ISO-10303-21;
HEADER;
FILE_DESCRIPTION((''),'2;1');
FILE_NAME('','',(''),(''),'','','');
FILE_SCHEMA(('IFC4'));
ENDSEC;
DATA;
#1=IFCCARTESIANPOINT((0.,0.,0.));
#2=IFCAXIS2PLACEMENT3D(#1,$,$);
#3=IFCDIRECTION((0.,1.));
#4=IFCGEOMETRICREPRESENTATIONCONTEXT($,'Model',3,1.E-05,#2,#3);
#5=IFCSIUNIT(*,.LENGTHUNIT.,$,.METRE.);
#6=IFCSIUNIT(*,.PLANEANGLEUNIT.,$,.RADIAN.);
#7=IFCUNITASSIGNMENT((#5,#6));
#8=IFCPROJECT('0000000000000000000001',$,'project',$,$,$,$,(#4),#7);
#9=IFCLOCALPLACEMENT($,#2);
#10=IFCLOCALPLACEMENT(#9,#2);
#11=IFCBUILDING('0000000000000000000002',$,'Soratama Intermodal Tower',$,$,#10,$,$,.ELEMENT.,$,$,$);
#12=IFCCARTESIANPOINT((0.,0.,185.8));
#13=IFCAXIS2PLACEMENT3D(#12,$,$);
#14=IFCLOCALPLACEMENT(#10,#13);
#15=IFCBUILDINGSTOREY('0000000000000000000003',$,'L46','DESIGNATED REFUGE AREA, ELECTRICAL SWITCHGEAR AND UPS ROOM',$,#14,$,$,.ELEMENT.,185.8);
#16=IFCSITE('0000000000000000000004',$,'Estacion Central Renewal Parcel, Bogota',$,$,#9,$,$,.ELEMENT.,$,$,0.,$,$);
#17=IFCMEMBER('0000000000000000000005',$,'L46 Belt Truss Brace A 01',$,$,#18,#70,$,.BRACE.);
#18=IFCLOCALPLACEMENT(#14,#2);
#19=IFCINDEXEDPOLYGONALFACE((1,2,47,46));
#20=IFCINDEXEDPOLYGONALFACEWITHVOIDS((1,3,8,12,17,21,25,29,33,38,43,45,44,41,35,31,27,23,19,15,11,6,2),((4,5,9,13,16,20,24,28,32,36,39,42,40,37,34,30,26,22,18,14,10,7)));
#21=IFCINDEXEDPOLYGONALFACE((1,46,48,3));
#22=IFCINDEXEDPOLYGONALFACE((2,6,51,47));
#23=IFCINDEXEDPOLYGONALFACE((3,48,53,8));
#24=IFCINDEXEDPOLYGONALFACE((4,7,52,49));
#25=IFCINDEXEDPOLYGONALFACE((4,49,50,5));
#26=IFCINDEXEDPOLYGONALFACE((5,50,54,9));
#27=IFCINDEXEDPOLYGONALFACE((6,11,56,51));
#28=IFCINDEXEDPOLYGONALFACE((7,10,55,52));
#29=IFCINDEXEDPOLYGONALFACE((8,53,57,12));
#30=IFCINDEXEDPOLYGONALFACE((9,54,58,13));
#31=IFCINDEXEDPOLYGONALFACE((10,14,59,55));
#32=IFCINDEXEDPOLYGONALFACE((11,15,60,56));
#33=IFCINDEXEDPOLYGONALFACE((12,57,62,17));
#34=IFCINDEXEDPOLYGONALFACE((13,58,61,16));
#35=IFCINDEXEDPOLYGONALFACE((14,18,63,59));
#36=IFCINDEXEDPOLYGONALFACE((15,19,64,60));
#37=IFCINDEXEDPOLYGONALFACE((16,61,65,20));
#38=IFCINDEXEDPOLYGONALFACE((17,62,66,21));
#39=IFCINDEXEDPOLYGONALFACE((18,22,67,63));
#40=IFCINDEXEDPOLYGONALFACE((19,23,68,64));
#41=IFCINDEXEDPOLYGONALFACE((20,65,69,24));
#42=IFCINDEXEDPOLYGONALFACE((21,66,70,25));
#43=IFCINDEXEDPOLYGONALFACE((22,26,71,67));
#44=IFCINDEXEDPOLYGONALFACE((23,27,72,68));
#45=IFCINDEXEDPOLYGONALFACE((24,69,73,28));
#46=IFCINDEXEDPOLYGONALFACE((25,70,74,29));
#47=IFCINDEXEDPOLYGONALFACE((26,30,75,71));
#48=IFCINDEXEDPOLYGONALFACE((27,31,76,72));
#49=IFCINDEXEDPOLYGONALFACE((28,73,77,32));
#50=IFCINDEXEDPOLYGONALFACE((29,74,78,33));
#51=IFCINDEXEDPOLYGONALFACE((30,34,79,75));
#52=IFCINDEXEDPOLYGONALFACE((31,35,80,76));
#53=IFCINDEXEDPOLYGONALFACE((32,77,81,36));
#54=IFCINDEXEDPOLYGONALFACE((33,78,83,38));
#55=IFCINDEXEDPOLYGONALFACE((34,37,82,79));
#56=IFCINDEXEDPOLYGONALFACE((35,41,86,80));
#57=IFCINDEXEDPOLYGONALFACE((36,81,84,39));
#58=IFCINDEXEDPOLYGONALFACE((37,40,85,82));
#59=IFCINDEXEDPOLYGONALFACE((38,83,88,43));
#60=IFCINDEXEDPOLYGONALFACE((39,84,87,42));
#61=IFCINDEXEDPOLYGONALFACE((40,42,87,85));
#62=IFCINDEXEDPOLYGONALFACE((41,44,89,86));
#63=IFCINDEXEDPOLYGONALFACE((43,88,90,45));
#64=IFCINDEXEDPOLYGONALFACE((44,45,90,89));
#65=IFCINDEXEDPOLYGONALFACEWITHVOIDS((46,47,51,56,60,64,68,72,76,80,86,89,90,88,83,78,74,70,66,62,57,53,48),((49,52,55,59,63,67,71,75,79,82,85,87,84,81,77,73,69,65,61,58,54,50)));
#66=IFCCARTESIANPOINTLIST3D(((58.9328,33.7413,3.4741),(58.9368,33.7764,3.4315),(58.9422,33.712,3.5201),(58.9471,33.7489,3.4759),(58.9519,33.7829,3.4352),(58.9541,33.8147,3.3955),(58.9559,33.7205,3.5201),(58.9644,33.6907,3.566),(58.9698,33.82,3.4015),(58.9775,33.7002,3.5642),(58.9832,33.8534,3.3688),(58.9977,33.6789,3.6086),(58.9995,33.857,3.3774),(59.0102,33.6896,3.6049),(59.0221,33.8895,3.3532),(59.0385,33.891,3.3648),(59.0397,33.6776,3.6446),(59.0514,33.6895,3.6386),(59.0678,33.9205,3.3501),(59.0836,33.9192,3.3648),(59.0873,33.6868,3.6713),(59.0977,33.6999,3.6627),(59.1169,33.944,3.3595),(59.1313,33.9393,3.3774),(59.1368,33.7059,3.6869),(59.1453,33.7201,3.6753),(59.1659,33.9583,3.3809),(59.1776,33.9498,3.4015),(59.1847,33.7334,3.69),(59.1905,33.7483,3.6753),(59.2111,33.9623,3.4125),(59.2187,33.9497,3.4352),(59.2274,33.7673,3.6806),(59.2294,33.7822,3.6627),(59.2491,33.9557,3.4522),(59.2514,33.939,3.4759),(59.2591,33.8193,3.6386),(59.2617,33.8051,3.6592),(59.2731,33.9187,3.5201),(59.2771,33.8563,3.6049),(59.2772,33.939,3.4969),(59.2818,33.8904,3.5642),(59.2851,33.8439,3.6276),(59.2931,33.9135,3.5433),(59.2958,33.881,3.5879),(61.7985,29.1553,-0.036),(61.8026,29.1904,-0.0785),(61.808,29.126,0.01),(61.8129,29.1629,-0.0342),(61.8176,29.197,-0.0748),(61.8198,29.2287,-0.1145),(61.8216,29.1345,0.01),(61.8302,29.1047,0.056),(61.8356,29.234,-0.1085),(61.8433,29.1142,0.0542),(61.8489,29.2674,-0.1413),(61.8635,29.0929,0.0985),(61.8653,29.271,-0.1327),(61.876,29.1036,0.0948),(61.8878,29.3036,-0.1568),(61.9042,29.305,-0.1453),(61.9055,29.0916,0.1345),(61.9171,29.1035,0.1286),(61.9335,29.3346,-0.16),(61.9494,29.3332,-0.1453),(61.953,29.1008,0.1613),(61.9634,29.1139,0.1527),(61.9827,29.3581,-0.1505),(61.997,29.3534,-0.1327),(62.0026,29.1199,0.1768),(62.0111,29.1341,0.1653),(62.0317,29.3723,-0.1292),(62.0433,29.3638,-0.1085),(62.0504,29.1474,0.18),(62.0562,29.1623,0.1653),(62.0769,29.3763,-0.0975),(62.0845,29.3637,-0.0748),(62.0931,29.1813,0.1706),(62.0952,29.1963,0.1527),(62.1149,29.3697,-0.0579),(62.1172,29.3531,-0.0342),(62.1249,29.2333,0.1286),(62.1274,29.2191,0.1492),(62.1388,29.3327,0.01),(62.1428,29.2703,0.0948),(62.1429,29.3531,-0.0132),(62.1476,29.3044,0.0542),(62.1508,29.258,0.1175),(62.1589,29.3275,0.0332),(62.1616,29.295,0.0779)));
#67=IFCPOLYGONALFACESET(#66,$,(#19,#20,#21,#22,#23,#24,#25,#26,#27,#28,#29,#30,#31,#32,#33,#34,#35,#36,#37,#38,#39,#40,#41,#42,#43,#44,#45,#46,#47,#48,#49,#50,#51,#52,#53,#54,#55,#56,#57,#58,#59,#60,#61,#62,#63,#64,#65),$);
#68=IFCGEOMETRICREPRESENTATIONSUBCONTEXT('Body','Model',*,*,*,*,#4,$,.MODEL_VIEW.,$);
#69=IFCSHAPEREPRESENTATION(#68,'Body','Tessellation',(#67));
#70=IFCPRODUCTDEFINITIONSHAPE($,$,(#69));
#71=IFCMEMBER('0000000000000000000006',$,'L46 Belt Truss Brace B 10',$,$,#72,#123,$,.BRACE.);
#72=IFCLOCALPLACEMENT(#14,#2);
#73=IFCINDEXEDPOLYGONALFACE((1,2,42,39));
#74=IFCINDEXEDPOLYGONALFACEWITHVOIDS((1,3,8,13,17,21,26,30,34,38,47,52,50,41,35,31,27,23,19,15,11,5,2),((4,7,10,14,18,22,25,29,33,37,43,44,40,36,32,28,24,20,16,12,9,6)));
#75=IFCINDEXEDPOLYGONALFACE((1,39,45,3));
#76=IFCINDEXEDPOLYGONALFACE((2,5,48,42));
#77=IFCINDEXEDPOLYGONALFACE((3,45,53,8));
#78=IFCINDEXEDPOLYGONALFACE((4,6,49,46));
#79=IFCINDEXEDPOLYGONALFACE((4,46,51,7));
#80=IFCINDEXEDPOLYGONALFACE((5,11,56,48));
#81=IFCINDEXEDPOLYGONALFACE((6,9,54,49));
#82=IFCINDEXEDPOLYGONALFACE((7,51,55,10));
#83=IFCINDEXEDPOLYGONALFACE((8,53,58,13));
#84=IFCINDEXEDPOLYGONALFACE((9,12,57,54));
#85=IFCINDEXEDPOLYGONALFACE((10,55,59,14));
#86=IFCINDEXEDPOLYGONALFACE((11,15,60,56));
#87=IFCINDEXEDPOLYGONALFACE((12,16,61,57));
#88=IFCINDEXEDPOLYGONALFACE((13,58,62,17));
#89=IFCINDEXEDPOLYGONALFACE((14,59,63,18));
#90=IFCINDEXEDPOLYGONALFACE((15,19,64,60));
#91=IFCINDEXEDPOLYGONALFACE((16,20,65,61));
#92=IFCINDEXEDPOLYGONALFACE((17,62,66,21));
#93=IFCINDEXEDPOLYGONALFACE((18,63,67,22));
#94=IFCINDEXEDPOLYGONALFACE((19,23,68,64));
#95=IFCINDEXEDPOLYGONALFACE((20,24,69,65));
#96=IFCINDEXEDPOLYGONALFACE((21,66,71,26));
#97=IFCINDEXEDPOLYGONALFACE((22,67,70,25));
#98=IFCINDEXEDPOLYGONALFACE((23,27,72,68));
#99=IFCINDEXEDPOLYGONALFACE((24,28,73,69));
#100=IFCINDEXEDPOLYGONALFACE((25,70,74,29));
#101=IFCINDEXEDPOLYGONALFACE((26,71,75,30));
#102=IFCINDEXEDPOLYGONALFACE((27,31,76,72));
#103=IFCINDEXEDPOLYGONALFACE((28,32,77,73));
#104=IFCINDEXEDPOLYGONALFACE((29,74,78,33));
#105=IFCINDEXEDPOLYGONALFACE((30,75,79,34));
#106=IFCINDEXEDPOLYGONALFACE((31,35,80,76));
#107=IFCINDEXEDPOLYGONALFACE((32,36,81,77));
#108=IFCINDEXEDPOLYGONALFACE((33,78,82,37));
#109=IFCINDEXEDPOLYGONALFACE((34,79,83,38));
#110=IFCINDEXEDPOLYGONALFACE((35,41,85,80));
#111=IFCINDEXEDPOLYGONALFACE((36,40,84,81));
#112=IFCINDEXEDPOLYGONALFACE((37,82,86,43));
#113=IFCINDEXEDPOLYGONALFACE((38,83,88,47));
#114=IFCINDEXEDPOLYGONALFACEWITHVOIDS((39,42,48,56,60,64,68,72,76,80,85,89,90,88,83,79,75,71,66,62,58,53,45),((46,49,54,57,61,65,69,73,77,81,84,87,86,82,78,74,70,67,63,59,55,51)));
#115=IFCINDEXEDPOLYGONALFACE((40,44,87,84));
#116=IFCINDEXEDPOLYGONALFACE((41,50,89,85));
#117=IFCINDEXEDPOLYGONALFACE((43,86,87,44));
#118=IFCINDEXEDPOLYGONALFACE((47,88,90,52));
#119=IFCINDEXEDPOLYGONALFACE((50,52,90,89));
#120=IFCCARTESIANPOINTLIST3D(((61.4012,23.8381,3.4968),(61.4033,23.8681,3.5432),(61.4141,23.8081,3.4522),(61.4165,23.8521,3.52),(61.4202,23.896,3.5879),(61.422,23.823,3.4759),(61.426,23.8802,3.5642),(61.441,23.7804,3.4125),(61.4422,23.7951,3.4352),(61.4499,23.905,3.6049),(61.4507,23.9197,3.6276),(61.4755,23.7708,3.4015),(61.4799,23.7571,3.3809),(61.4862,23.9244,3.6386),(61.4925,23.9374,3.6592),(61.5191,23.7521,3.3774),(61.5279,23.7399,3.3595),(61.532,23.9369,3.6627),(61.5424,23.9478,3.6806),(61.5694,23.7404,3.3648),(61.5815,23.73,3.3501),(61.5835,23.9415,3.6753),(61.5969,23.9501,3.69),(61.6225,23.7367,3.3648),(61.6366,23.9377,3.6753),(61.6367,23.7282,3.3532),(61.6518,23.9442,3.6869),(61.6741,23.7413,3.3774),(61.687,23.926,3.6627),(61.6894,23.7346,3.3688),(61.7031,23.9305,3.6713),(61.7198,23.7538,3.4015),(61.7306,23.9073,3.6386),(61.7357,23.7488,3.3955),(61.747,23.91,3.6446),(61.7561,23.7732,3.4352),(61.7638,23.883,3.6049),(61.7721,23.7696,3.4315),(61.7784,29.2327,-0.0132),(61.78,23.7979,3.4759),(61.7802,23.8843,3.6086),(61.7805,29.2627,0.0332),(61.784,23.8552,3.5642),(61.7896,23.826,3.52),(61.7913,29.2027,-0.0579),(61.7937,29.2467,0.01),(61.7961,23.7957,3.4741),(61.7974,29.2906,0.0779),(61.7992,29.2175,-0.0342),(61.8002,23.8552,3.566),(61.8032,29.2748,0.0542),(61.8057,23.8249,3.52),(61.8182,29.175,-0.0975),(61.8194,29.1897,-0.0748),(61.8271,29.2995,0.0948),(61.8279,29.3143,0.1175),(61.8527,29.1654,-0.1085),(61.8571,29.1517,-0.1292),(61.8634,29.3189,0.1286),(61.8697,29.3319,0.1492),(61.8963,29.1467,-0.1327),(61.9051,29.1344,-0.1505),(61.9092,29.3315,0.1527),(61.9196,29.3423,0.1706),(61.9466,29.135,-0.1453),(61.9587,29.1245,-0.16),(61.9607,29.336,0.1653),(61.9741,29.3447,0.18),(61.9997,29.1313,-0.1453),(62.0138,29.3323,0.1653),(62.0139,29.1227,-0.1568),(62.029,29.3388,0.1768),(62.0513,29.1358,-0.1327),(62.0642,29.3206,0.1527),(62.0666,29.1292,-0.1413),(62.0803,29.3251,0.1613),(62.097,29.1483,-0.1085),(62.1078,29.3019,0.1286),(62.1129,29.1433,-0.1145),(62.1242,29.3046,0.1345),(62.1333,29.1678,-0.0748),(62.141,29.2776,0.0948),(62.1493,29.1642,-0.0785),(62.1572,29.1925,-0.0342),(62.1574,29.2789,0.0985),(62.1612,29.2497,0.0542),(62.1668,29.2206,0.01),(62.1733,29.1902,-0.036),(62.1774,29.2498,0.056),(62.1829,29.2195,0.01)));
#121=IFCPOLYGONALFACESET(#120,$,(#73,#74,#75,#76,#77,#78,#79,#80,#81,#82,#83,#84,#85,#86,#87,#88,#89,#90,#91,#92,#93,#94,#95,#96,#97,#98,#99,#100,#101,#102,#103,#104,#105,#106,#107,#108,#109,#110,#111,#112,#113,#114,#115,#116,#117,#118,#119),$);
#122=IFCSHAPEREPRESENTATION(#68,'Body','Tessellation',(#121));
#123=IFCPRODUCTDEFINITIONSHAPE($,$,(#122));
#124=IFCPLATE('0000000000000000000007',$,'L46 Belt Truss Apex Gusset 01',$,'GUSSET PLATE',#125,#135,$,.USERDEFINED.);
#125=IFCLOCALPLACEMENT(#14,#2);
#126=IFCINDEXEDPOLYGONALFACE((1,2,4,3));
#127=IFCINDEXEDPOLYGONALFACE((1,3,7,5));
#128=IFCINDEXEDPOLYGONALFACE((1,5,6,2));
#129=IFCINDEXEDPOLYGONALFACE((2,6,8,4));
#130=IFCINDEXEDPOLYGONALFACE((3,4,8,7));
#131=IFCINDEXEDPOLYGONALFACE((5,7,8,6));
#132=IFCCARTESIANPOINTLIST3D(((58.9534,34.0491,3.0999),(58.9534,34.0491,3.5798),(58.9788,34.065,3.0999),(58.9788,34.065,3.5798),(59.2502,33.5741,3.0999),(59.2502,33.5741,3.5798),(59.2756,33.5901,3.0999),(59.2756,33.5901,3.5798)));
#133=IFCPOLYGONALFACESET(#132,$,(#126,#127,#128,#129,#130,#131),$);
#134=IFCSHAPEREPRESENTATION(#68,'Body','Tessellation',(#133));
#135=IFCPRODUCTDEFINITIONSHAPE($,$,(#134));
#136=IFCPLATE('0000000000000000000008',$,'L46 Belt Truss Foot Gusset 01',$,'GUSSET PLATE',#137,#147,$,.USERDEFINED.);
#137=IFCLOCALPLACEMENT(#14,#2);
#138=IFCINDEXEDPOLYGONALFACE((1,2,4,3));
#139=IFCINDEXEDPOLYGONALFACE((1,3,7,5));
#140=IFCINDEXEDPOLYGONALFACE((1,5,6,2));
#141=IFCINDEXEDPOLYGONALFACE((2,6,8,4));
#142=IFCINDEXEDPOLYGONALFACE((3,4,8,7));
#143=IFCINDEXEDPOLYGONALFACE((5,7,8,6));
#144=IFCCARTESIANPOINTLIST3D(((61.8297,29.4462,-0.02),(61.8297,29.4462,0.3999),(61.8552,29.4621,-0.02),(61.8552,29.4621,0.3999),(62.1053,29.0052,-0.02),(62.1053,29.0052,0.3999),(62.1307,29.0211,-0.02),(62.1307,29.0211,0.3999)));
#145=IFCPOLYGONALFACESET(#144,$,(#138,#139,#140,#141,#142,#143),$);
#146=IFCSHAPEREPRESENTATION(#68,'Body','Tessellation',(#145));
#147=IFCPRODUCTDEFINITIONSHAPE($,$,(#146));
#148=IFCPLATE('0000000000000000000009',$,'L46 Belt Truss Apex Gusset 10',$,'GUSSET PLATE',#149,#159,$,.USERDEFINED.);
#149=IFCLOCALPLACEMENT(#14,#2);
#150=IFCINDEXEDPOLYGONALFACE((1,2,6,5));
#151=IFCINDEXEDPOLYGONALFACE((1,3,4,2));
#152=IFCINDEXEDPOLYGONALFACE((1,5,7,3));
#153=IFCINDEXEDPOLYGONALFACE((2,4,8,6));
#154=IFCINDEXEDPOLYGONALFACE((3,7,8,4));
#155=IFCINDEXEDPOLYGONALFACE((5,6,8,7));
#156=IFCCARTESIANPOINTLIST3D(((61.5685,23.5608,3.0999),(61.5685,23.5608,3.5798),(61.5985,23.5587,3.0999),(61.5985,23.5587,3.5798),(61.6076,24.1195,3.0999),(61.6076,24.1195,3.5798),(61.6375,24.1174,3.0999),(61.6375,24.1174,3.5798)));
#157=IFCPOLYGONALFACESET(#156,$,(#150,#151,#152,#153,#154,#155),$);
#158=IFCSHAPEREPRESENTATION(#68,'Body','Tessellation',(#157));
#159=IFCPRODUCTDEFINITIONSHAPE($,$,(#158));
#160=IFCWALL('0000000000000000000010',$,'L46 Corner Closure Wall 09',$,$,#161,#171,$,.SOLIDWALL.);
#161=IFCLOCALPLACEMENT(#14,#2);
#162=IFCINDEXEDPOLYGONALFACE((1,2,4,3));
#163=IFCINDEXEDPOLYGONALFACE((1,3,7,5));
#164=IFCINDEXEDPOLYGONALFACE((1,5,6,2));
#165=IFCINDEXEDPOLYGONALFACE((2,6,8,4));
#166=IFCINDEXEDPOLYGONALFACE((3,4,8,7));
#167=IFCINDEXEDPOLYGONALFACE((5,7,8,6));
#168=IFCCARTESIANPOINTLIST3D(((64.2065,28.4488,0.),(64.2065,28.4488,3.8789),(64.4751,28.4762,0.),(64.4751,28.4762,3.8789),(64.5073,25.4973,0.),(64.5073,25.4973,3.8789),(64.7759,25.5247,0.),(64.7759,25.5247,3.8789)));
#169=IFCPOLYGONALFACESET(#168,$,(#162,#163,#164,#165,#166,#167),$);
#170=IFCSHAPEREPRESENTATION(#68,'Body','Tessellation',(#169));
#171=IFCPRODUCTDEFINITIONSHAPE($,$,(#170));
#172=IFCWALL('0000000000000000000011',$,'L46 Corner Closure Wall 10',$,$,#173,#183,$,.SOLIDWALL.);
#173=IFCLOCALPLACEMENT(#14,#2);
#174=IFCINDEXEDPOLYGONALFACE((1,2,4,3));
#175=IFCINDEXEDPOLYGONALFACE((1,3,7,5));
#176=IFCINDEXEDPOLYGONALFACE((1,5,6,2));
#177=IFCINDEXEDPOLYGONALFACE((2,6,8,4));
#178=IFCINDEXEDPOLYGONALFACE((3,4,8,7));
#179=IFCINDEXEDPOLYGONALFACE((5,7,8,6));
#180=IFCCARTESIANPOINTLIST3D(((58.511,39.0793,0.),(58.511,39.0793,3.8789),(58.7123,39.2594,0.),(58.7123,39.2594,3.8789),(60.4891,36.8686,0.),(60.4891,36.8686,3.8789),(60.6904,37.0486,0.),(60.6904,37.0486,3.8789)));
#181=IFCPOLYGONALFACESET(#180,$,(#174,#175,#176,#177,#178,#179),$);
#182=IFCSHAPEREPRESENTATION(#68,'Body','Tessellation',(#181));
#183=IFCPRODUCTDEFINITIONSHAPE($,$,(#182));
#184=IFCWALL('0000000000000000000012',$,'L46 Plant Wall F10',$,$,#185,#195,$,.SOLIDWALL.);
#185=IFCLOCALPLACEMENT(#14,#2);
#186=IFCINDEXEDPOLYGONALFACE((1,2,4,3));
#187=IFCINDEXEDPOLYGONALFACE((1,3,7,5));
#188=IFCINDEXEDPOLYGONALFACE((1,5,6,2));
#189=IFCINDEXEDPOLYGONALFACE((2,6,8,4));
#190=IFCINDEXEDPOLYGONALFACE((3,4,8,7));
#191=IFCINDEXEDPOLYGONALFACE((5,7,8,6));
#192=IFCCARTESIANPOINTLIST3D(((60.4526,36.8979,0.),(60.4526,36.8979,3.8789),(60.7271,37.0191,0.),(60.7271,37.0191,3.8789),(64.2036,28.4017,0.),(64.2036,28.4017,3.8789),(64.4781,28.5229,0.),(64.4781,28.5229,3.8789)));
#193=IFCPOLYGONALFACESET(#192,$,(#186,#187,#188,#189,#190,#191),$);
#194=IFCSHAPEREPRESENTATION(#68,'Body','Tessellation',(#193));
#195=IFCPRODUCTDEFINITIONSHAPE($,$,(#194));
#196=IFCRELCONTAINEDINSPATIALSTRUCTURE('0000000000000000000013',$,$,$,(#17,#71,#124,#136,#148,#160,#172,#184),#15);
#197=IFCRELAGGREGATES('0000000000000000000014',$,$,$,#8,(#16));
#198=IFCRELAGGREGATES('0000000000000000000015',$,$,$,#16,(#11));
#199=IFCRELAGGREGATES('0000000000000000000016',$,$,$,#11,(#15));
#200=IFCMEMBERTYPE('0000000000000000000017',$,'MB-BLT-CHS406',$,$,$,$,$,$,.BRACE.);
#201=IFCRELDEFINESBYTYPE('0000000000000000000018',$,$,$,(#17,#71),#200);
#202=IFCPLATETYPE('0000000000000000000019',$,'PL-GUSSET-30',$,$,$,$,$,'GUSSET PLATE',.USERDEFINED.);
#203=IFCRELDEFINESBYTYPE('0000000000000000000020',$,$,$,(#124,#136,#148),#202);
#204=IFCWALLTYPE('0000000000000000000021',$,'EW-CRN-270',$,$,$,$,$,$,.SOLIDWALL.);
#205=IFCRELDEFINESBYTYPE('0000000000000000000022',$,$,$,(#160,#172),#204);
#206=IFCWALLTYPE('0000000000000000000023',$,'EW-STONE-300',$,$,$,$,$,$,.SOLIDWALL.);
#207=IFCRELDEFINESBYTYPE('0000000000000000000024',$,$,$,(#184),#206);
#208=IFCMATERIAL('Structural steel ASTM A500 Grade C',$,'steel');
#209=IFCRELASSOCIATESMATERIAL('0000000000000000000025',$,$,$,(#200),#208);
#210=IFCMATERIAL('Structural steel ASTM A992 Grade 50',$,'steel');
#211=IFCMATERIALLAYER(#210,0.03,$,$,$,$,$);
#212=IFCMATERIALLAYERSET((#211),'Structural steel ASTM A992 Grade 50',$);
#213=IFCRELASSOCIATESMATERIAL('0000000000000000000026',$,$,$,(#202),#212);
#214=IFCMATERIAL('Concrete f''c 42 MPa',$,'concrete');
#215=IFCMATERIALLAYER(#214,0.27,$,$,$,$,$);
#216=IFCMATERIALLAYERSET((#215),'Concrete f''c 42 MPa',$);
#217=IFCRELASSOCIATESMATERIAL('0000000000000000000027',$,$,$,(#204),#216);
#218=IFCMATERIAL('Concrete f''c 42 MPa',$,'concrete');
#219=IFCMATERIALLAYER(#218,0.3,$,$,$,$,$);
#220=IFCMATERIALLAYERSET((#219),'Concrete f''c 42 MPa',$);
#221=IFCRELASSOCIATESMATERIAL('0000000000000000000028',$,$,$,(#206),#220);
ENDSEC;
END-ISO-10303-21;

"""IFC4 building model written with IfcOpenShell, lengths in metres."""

from ifc_helpers import new_model, si_unit, direction, frame, frame_2d, origin, origin_2d, place, context, subcontext, project, spatial, rectangle, hollow_circle, extrude, material, layer, layer_set, material_profile, profile_set, type_object, element, save


model = new_model("IFC4")

# Units and contexts
model_context = context("Model", 3, precision=1e-05, world=origin(), true_north=direction((0.0, 1.0)))
body_context = subcontext(model_context, "Body", "Model", "MODEL_VIEW")
ifc_project = project(units=[si_unit("LENGTHUNIT", "METRE"), si_unit("PLANEANGLEUNIT", "RADIAN")], contexts=[model_context])

# Site, building, storey
site_placement = place(None, origin())
site = spatial("IfcSite", under=ifc_project, at=site_placement, Name="Estacion Central Renewal Parcel, Bogota", CompositionType="ELEMENT", RefElevation=0.0)
building_placement = place(site_placement, origin())
building = spatial("IfcBuilding", under=site, at=building_placement, Name="Soratama Intermodal Tower", CompositionType="ELEMENT")
storey_placement = place(building_placement, frame((0.0, 0.0, 185.8)))
storey = spatial("IfcBuildingStorey", under=building, at=storey_placement, Name="L46", Description="DESIGNATED REFUGE AREA, ELECTRICAL SWITCHGEAR AND UPS ROOM", CompositionType="ELEMENT", Elevation=185.8)

# Members
ifc_material_1 = material(Name="Structural steel ASTM A500 Grade C", Category="steel")
ifc_material_profile_1 = material_profile(ifc_material_1, hollow_circle(Radius=0.2031, WallThickness=0.0161, at=origin_2d()), Name="CHS406X16")
ifc_profile_set_1 = profile_set([ifc_material_profile_1], Name="Structural steel ASTM A500 Grade C")
member_type = type_object("IfcMemberType", Name="MB-BLT-CHS406", PredefinedType="BRACE", material=ifc_profile_set_1)
for number, where, z_axis, x_axis, name in (
    (1, (61.9802, 29.2336, 0.01), (-0.444507, 0.711333, 0.544444), (-0.848039, -0.529934, 0.0), "L46 Belt Truss Brace A 01"),
    (2, (61.9802, 29.2336, 0.01), (-0.058508, -0.836755, 0.544443), (0.997564, -0.069752, 0.0), "L46 Belt Truss Brace B 10"),
):
    element("IfcMember", number, at=place(storey_placement, frame(where, z_axis=z_axis, x_axis=x_axis)), inside=storey, type_object=member_type, Name=name, PredefinedType="BRACE", context=body_context, shape_type="SweptSolid", body=[
        extrude(hollow_circle(Radius=0.2031, WallThickness=0.0161, at=origin_2d()), origin(), (0.0, 0.0, 1.0), 6.447),
    ])

# Plates
ifc_material_2 = material(Name="Structural steel ASTM A992 Grade 50", Category="steel")
ifc_layer_1 = layer(ifc_material_2, 0.03)
ifc_layer_set_1 = layer_set([ifc_layer_1], Name="Structural steel ASTM A992 Grade 50")
plate_type = type_object("IfcPlateType", Name="PL-GUSSET-30", ElementType="GUSSET PLATE", PredefinedType="USERDEFINED", material=ifc_layer_set_1)
plate_1_placement = place(storey_placement, frame((59.1145, 33.8196, 3.0999), z_axis=(0.0, 0.0, 1.0), x_axis=(-0.529919, 0.848048, 0.0)))
element("IfcPlate", 3, at=plate_1_placement, inside=storey, type_object=plate_type, Name="L46 Belt Truss Apex Gusset 01", ObjectType="GUSSET PLATE", PredefinedType="USERDEFINED", context=body_context, shape_type="SweptSolid", body=[
    extrude(rectangle(XDim=0.5601, YDim=0.03, at=origin_2d()), origin(), (0.0, 0.0, 1.0), 0.48),
])
plate_2_placement = place(storey_placement, frame((61.9802, 29.2336, -0.02), z_axis=(0.0, 0.0, 1.0), x_axis=(-0.529919, 0.848048, 0.0)))
element("IfcPlate", 4, at=plate_2_placement, inside=storey, type_object=plate_type, Name="L46 Belt Truss Foot Gusset 01", ObjectType="GUSSET PLATE", PredefinedType="USERDEFINED", context=body_context, shape_type="SweptSolid", body=[
    extrude(rectangle(XDim=0.52, YDim=0.03, at=origin_2d()), origin(), (0.0, 0.0, 1.0), 0.4199),
])
plate_3_placement = place(storey_placement, frame((61.603, 23.8391, 3.0999), z_axis=(0.0, 0.0, 1.0), x_axis=(0.069756, 0.997564, 0.0)))
element("IfcPlate", 5, at=plate_3_placement, inside=storey, type_object=plate_type, Name="L46 Belt Truss Apex Gusset 10", ObjectType="GUSSET PLATE", PredefinedType="USERDEFINED", context=body_context, shape_type="SweptSolid", body=[
    extrude(rectangle(XDim=0.5601, YDim=0.03, at=origin_2d()), origin(), (0.0, 0.0, 1.0), 0.48),
])

# Walls
ifc_material_3 = material(Name="Concrete f'c 42 MPa", Category="concrete")
ifc_layer_2 = layer(ifc_material_3, 0.27)
ifc_layer_set_2 = layer_set([ifc_layer_2], Name="Concrete f'c 42 MPa")
wall_type_1 = type_object("IfcWallType", Name="EW-CRN-270", PredefinedType="SOLIDWALL", material=ifc_layer_set_2)
wall_1_placement = place(storey_placement, frame((64.6416, 25.511, 0.0), z_axis=(0.0, 0.0, 1.0), x_axis=(-0.101386, 0.994847, 0.0)))
element("IfcWall", 6, at=wall_1_placement, inside=storey, type_object=wall_type_1, Name="L46 Corner Closure Wall 09", PredefinedType="SOLIDWALL", context=body_context, shape_type="SweptSolid", body=[
    extrude(rectangle(XDim=2.9668, YDim=0.27, at=frame_2d((1.4834, 0.0))), origin(), (0.0, 0.0, 1.0), 3.8789),
])
wall_2_placement = place(storey_placement, frame((60.5898, 36.9585, 0.0), z_axis=(0.0, 0.0, 1.0), x_axis=(-0.666802, 0.745235, 0.0)))
element("IfcWall", 7, at=wall_2_placement, inside=storey, type_object=wall_type_1, Name="L46 Corner Closure Wall 10", PredefinedType="SOLIDWALL", context=body_context, shape_type="SweptSolid", body=[
    extrude(rectangle(XDim=2.9666, YDim=0.27, at=frame_2d((1.4834, 0.0))), origin(), (0.0, 0.0, 1.0), 3.8789),
])
ifc_material_4 = material(Name="Concrete f'c 42 MPa", Category="concrete")
ifc_layer_3 = layer(ifc_material_4, 0.3)
ifc_layer_set_3 = layer_set([ifc_layer_3], Name="Concrete f'c 42 MPa")
wall_type_2 = type_object("IfcWallType", Name="EW-STONE-300", PredefinedType="SOLIDWALL", material=ifc_layer_set_3)
wall_3_placement = place(storey_placement, frame((64.3408, 28.4624, 0.0), z_axis=(0.0, 0.0, 1.0), x_axis=(-0.403884, 0.91481, 0.0)))
element("IfcWall", 8, at=wall_3_placement, inside=storey, type_object=wall_type_2, Name="L46 Plant Wall F10", PredefinedType="SOLIDWALL", context=body_context, shape_type="SweptSolid", body=[
    extrude(rectangle(XDim=9.2874, YDim=0.3, at=frame_2d((4.6436, 0.0))), origin(), (0.0, 0.0, 1.0), 3.8789),
])

save(model, "model.ifc")
